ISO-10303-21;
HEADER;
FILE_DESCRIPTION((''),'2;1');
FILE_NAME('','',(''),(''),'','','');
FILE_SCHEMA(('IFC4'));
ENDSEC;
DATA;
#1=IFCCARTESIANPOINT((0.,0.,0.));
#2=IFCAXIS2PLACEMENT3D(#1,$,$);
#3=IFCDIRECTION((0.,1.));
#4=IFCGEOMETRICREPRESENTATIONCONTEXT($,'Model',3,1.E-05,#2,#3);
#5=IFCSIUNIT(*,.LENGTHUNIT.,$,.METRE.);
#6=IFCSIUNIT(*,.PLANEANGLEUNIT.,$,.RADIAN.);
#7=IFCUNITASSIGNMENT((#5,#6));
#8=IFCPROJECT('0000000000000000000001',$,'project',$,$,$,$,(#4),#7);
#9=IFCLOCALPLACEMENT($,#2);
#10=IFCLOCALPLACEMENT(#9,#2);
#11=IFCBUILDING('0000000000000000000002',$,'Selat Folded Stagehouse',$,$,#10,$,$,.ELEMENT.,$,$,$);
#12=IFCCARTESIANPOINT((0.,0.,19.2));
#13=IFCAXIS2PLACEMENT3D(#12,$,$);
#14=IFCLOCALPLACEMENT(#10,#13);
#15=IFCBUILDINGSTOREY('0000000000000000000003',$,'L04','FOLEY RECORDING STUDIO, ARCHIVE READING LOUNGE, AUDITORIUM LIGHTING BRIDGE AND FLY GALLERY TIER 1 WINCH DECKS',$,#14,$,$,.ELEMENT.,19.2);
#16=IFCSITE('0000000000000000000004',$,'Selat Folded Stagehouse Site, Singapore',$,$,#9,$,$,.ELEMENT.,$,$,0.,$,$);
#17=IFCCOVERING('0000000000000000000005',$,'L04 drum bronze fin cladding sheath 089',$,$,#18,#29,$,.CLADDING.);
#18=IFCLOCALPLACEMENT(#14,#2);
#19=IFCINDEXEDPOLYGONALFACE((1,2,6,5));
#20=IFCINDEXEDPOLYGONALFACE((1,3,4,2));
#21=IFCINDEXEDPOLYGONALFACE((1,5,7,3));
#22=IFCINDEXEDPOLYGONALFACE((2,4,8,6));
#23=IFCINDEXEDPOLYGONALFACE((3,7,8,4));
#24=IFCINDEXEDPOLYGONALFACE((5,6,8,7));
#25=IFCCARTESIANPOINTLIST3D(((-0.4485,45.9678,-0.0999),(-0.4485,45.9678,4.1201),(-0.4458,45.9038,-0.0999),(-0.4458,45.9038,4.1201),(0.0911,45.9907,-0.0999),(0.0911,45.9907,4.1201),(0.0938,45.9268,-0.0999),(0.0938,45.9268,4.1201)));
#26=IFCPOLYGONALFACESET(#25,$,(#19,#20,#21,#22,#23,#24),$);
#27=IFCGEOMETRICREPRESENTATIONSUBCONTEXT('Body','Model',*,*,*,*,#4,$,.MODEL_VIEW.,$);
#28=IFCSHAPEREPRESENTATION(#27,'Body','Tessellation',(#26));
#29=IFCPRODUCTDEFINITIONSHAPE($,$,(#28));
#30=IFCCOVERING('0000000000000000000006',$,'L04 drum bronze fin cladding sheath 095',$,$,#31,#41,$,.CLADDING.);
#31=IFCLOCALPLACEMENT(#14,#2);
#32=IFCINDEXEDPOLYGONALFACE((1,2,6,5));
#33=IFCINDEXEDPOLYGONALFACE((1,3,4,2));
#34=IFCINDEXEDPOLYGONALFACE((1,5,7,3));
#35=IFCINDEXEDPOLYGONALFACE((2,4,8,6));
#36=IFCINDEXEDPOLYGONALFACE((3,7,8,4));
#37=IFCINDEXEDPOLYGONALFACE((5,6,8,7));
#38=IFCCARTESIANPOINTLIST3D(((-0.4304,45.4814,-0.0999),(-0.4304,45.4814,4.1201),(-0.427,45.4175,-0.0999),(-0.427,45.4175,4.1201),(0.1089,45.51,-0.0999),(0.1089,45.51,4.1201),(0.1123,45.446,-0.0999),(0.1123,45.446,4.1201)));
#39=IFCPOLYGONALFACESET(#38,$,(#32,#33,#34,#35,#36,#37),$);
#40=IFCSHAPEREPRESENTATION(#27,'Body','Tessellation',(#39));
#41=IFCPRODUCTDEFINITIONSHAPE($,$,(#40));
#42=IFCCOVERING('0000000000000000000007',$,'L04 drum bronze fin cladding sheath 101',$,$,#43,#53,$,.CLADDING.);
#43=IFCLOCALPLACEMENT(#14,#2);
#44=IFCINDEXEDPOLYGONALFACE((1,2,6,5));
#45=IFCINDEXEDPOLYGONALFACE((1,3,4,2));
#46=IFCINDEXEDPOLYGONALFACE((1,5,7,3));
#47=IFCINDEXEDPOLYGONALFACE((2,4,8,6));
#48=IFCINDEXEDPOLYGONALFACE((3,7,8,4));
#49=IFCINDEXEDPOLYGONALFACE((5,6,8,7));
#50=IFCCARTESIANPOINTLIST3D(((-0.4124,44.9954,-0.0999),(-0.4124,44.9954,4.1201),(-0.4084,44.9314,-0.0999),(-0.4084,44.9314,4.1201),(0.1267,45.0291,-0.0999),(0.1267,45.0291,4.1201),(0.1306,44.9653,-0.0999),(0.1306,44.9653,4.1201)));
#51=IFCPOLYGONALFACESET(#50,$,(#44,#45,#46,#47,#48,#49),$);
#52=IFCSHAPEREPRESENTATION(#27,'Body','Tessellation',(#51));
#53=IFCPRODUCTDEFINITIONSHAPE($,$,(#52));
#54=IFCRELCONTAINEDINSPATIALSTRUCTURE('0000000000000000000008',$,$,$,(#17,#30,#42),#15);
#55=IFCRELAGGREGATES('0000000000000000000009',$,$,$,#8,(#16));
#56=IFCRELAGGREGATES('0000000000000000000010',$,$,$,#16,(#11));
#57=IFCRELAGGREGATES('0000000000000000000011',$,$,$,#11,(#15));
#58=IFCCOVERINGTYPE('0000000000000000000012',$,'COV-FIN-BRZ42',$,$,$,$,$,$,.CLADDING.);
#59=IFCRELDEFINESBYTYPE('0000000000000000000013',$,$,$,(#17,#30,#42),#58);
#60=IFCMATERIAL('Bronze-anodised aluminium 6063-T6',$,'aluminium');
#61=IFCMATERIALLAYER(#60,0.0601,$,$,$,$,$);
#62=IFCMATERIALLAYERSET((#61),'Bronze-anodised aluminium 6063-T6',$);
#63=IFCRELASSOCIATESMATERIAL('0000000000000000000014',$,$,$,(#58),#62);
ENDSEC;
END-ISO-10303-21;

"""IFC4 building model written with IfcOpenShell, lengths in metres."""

from ifc_helpers import new_model, si_unit, direction, frame, origin, place, context, subcontext, project, spatial, polyline, outline, extrude, material, layer, layer_set, type_object, element, save


model = new_model("IFC4")

# Units and contexts
model_context = context("Model", 3, precision=1e-05, world=origin(), true_north=direction((0.0, 1.0)))
body_context = subcontext(model_context, "Body", "Model", "MODEL_VIEW")
ifc_project = project(units=[si_unit("LENGTHUNIT", "METRE"), si_unit("PLANEANGLEUNIT", "RADIAN")], contexts=[model_context])

# Site, building, storey
site_placement = place(None, origin())
site = spatial("IfcSite", under=ifc_project, at=site_placement, Name="Selat Folded Stagehouse Site, Singapore", CompositionType="ELEMENT", RefElevation=0.0)
building_placement = place(site_placement, origin())
building = spatial("IfcBuilding", under=site, at=building_placement, Name="Selat Folded Stagehouse", CompositionType="ELEMENT")
storey_placement = place(building_placement, frame((0.0, 0.0, 19.2)))
storey = spatial("IfcBuildingStorey", under=building, at=storey_placement, Name="L04", Description="FOLEY RECORDING STUDIO, ARCHIVE READING LOUNGE, AUDITORIUM LIGHTING BRIDGE AND FLY GALLERY TIER 1 WINCH DECKS", CompositionType="ELEMENT", Elevation=19.2)

# Coverings
ifc_material_1 = material(Name="Bronze-anodised aluminium 6063-T6", Category="aluminium")
ifc_layer_1 = layer(ifc_material_1, 0.0601)
ifc_layer_set_1 = layer_set([ifc_layer_1], Name="Bronze-anodised aluminium 6063-T6")
covering_type = type_object("IfcCoveringType", Name="COV-FIN-BRZ42", PredefinedType="CLADDING", material=ifc_layer_set_1)
covering_1_placement = place(storey_placement, frame((0.0, 0.0, -0.0999)))
element("IfcCovering", 1, at=covering_1_placement, inside=storey, type_object=covering_type, Name="L04 drum bronze fin cladding sheath 089", PredefinedType="CLADDING", context=body_context, shape_type="SweptSolid", body=[
    extrude(outline(polyline([(0.0911, 45.9907), (-0.4485, 45.9678), (-0.4458, 45.9038), (0.0938, 45.9268), (0.0911, 45.9907)])), origin(), (0.0, 0.0, 1.0), 4.22),
])
covering_2_placement = place(storey_placement, frame((0.0, 0.0, -0.0999)))
element("IfcCovering", 2, at=covering_2_placement, inside=storey, type_object=covering_type, Name="L04 drum bronze fin cladding sheath 095", PredefinedType="CLADDING", context=body_context, shape_type="SweptSolid", body=[
    extrude(outline(polyline([(0.1089, 45.51), (-0.4304, 45.4814), (-0.427, 45.4175), (0.1123, 45.446), (0.1089, 45.51)])), origin(), (0.0, 0.0, 1.0), 4.22),
])
covering_3_placement = place(storey_placement, frame((0.0, 0.0, -0.0999)))
element("IfcCovering", 3, at=covering_3_placement, inside=storey, type_object=covering_type, Name="L04 drum bronze fin cladding sheath 101", PredefinedType="CLADDING", context=body_context, shape_type="SweptSolid", body=[
    extrude(outline(polyline([(0.1267, 45.0291), (-0.4124, 44.9954), (-0.4084, 44.9314), (0.1306, 44.9653), (0.1267, 45.0291)])), origin(), (0.0, 0.0, 1.0), 4.22),
])

save(model, "model.ifc")
